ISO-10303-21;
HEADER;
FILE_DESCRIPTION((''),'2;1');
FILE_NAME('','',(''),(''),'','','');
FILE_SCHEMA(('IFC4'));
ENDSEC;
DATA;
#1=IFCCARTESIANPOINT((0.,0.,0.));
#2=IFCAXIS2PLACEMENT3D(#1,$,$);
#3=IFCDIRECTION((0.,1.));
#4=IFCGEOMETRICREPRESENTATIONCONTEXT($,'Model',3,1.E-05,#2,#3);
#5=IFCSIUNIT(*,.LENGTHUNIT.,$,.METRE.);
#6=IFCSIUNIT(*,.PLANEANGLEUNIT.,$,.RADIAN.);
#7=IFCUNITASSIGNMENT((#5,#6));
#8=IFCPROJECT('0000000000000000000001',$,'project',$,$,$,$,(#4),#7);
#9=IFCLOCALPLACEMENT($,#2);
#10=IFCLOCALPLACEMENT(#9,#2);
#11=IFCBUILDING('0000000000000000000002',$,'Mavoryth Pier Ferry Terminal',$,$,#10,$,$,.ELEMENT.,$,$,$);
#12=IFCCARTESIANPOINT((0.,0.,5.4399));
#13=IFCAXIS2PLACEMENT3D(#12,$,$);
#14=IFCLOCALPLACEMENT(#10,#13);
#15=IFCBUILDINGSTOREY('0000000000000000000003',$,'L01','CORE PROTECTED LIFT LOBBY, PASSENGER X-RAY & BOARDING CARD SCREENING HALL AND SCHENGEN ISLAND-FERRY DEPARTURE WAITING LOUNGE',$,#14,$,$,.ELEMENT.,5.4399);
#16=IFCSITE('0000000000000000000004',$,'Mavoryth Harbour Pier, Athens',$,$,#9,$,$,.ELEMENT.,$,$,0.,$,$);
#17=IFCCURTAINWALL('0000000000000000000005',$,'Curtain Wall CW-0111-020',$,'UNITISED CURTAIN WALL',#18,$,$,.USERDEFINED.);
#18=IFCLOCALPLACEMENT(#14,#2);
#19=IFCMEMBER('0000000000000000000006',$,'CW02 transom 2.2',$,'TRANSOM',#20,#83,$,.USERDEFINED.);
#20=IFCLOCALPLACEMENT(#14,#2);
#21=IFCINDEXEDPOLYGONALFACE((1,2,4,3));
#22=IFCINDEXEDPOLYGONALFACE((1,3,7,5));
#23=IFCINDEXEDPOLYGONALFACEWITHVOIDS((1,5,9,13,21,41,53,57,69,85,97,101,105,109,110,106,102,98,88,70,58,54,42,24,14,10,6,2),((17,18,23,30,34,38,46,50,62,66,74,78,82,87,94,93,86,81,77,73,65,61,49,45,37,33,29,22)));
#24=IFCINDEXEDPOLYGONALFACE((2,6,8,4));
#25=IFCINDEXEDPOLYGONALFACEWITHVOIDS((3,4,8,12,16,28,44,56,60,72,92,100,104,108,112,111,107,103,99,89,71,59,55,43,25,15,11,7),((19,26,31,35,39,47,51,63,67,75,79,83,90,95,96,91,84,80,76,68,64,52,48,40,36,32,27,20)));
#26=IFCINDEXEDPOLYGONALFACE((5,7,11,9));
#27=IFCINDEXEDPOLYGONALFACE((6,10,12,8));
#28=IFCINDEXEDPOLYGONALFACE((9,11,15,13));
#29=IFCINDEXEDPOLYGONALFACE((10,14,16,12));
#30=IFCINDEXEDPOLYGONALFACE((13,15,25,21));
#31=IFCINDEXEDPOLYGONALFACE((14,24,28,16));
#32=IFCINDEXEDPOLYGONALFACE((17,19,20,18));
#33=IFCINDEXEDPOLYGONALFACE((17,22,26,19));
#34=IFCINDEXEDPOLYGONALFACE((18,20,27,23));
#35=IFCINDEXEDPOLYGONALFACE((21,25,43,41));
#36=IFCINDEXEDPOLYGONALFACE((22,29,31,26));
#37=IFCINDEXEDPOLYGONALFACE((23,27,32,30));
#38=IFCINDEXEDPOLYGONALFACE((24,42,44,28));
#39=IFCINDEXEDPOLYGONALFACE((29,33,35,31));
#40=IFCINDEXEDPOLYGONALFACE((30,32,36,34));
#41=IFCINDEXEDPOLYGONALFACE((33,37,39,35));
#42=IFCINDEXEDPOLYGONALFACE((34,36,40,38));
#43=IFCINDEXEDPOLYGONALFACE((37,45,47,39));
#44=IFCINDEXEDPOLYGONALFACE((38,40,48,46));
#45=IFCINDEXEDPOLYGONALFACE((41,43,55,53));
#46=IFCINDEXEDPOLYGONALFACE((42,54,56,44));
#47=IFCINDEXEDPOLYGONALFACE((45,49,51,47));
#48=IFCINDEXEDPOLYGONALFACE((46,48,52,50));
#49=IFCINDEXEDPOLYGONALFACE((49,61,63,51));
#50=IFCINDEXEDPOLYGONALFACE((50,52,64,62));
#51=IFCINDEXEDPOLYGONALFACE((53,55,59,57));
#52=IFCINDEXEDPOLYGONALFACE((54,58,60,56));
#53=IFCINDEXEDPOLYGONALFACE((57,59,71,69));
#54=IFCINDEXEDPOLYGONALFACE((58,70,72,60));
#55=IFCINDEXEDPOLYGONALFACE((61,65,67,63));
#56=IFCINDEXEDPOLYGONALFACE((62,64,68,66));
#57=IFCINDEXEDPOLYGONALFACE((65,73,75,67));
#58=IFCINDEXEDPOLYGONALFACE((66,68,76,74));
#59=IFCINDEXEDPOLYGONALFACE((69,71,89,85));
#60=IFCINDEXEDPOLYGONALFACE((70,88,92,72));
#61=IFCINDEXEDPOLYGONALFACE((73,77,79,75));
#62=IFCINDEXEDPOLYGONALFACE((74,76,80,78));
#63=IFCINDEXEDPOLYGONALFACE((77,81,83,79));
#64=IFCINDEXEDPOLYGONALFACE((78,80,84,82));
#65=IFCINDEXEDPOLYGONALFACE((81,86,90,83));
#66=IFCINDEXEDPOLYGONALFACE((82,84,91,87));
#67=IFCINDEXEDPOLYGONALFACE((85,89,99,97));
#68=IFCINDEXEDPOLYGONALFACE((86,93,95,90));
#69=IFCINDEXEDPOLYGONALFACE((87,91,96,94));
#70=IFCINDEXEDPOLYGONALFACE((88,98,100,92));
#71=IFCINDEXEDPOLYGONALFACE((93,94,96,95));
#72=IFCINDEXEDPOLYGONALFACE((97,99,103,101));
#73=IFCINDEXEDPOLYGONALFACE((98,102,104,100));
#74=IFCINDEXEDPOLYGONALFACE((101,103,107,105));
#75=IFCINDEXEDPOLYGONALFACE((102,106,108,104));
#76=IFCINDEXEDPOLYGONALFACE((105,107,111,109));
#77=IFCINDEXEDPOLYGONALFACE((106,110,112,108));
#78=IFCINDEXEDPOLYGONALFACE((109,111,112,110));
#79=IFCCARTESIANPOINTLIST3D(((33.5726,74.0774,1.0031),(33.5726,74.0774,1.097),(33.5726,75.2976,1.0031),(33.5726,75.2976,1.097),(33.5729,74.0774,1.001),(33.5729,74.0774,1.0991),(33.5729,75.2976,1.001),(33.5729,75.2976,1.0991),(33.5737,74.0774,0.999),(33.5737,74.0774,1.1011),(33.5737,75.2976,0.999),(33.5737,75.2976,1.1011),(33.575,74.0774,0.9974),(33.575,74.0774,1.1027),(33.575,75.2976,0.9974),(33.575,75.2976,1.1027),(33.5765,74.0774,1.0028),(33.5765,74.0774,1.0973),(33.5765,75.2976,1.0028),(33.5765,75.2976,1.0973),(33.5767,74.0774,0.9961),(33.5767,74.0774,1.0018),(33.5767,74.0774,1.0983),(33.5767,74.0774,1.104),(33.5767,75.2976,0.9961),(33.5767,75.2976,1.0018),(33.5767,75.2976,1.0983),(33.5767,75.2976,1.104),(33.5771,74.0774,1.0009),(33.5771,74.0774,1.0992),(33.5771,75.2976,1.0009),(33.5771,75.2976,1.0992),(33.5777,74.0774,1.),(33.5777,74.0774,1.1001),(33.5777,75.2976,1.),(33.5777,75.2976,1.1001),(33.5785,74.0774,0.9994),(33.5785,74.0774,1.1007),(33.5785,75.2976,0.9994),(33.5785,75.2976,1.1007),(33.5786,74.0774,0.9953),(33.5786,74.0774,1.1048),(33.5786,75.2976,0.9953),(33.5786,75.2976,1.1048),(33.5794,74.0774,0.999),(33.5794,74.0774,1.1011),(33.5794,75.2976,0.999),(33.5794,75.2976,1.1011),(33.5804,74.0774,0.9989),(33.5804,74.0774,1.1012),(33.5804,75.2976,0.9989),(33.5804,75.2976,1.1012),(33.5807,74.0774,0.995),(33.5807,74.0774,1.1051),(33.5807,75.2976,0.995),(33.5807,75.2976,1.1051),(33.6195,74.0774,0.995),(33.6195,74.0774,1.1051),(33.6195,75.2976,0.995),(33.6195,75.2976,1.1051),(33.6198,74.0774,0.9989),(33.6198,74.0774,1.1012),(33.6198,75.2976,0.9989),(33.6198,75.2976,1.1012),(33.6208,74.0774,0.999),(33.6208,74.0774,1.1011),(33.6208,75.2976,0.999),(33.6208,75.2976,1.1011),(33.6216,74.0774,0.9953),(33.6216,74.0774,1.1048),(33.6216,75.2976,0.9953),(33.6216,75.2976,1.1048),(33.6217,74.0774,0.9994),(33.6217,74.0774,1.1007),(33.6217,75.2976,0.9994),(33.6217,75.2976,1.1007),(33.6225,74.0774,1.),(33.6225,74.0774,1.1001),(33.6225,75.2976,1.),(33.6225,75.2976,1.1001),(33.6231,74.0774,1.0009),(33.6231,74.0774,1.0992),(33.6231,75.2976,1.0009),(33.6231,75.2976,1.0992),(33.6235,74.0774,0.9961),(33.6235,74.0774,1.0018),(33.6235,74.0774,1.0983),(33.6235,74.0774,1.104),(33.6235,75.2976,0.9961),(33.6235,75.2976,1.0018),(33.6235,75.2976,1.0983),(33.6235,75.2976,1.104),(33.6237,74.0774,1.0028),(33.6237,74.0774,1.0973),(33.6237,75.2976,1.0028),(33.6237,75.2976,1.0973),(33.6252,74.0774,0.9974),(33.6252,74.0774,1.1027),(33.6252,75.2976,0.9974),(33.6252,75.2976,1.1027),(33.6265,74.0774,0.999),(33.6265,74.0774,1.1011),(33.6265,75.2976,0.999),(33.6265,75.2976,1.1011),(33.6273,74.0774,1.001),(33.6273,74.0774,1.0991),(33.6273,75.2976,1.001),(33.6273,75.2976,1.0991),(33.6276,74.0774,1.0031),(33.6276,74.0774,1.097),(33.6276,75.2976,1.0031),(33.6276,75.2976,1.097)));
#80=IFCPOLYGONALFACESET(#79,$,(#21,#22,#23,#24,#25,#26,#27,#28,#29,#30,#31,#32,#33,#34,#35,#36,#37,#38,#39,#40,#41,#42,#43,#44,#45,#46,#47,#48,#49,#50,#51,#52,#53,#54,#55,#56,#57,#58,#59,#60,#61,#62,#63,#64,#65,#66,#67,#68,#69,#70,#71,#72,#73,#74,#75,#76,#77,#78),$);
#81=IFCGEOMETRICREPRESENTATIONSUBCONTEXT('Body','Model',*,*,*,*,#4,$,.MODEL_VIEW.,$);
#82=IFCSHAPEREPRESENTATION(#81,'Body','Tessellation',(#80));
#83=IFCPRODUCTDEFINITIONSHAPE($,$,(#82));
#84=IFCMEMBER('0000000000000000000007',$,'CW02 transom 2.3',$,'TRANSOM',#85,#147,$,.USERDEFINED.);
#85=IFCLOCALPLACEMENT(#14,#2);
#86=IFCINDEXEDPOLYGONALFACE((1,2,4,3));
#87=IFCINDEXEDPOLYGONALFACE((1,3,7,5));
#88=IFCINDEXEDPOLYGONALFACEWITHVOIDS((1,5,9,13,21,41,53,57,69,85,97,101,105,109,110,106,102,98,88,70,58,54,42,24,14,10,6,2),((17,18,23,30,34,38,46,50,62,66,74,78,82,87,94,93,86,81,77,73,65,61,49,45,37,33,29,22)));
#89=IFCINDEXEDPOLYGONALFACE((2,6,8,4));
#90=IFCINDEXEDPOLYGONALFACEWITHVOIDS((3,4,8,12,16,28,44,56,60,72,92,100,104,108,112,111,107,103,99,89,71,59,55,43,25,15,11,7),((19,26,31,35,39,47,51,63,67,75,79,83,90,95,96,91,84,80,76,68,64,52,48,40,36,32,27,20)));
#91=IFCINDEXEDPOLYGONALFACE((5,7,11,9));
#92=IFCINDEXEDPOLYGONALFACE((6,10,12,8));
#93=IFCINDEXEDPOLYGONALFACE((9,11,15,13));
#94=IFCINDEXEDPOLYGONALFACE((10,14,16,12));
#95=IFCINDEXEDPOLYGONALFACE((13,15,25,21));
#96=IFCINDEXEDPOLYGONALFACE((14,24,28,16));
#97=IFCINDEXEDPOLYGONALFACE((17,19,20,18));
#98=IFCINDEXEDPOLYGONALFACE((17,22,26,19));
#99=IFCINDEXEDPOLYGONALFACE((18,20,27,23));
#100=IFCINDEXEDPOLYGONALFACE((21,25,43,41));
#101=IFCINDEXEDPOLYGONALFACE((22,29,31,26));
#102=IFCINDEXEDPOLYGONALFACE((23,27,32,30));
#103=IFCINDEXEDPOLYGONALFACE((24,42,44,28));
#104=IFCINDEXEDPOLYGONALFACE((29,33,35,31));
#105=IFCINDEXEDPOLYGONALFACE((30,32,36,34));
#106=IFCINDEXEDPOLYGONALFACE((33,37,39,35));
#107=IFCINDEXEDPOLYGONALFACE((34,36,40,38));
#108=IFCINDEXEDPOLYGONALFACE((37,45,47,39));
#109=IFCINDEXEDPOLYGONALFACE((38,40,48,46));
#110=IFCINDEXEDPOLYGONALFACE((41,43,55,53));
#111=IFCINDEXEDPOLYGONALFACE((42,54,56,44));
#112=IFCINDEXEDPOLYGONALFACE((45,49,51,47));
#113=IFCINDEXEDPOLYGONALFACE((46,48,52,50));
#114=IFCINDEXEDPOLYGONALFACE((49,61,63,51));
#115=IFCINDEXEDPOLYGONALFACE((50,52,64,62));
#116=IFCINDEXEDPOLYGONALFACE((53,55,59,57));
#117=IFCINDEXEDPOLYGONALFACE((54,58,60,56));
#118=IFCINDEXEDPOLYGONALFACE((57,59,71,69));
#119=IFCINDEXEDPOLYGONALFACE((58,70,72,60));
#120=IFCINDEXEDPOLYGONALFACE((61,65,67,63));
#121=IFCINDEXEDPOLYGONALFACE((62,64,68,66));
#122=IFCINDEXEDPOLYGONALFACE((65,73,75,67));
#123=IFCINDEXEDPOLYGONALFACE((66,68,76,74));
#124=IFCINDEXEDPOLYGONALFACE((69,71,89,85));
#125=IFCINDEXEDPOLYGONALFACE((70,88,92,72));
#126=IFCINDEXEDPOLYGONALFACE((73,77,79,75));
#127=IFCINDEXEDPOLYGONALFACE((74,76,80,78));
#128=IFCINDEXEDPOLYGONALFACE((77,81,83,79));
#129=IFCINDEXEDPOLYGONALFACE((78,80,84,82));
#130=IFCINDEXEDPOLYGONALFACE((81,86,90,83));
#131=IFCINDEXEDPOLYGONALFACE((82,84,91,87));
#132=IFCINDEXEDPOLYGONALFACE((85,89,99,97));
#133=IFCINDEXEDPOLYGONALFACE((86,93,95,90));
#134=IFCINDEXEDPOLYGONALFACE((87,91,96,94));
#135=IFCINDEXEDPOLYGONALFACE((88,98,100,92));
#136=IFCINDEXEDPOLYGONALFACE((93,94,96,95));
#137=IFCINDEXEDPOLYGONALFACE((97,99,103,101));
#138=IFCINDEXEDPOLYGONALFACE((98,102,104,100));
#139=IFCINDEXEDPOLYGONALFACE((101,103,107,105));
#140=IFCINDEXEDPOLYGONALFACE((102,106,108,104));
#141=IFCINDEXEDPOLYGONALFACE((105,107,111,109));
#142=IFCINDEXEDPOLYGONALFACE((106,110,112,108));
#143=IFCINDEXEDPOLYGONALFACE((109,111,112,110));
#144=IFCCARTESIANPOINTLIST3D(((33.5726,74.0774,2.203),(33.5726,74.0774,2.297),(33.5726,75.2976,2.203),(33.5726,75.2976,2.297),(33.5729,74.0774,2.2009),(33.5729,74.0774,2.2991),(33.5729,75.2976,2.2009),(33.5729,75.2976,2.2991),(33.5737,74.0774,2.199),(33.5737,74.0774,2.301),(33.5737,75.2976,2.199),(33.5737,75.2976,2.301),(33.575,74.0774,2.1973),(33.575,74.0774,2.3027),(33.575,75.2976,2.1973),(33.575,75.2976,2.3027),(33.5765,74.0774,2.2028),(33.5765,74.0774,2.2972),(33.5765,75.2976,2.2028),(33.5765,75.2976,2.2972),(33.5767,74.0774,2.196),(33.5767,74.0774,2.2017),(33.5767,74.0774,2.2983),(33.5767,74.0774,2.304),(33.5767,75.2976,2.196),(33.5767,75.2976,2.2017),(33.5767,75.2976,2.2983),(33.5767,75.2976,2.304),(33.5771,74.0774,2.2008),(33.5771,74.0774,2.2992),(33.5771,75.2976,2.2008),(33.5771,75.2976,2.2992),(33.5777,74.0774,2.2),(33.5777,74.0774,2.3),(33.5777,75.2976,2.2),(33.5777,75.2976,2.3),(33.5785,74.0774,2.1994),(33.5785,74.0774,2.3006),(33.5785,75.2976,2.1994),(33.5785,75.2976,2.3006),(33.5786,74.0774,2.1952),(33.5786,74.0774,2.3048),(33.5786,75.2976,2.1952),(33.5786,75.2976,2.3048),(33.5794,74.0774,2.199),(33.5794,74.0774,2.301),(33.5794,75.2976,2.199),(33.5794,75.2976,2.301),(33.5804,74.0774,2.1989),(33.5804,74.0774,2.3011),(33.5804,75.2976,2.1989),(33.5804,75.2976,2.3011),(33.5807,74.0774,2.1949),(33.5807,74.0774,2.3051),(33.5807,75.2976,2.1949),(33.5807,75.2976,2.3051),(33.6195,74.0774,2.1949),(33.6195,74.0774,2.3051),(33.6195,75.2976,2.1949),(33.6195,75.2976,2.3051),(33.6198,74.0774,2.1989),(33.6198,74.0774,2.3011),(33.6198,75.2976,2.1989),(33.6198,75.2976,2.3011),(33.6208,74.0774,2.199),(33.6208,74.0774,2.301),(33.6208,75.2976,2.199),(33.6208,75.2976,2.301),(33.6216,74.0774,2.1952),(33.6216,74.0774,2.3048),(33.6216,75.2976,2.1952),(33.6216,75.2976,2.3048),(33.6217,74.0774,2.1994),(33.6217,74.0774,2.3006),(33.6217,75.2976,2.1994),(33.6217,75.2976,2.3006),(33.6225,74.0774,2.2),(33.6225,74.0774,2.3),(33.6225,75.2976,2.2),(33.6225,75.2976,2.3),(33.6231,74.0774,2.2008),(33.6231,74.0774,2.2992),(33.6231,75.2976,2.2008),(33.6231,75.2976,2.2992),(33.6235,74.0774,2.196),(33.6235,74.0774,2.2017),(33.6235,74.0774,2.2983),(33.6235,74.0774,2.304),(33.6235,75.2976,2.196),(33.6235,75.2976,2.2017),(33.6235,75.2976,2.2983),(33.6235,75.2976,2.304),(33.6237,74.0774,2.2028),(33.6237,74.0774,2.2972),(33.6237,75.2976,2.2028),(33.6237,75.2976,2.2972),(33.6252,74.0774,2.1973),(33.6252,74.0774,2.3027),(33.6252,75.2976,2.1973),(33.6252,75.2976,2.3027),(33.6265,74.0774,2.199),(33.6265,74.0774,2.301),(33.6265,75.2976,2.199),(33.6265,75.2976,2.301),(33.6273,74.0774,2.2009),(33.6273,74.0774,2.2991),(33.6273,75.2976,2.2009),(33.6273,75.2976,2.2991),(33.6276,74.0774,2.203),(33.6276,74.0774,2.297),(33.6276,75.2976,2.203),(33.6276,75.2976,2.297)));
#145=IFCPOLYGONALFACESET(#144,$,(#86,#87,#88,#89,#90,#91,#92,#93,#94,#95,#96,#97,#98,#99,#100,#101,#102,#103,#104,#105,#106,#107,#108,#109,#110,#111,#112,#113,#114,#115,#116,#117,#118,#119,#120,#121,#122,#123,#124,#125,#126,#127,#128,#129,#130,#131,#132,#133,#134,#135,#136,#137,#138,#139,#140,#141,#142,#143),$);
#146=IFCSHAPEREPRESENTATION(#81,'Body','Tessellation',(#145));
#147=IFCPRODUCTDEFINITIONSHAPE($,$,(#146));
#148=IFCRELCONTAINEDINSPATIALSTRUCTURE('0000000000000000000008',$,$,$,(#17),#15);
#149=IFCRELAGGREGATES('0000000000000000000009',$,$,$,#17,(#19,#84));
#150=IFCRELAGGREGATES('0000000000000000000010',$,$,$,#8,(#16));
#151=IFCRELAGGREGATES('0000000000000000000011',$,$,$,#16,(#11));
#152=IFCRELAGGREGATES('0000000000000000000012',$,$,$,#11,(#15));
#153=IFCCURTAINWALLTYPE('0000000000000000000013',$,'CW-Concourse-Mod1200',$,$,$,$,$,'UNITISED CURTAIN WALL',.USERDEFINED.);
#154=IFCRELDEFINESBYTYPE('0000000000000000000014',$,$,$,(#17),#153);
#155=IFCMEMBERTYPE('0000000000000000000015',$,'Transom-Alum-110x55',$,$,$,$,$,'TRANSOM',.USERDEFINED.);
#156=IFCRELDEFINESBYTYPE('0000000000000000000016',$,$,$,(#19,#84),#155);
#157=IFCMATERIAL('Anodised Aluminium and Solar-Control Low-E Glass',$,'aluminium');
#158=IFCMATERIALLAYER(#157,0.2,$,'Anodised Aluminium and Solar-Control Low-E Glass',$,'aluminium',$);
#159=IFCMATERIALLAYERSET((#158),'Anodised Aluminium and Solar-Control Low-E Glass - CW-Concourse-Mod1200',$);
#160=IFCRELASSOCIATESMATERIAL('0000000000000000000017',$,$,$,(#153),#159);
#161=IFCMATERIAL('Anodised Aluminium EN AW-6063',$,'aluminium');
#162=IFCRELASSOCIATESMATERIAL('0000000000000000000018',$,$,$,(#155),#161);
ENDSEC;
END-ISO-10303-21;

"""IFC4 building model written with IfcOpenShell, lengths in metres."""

from ifc_helpers import new_model, si_unit, direction, frame, origin, origin_2d, place, context, subcontext, project, spatial, hollow_rectangle, extrude, material, layer, layer_set, material_profile, profile_set, type_object, element, aggregate, save


model = new_model("IFC4")

# Units and contexts
model_context = context("Model", 3, precision=1e-05, world=origin(), true_north=direction((0.0, 1.0)))
body_context = subcontext(model_context, "Body", "Model", "MODEL_VIEW")
ifc_project = project(units=[si_unit("LENGTHUNIT", "METRE"), si_unit("PLANEANGLEUNIT", "RADIAN")], contexts=[model_context])

# Site, building, storey
site_placement = place(None, origin())
site = spatial("IfcSite", under=ifc_project, at=site_placement, Name="Mavoryth Harbour Pier, Athens", CompositionType="ELEMENT", RefElevation=0.0)
building_placement = place(site_placement, origin())
building = spatial("IfcBuilding", under=site, at=building_placement, Name="Mavoryth Pier Ferry Terminal", CompositionType="ELEMENT")
storey_placement = place(building_placement, frame((0.0, 0.0, 5.4399)))
storey = spatial("IfcBuildingStorey", under=building, at=storey_placement, Name="L01", Description="CORE PROTECTED LIFT LOBBY, PASSENGER X-RAY & BOARDING CARD SCREENING HALL AND SCHENGEN ISLAND-FERRY DEPARTURE WAITING LOUNGE", CompositionType="ELEMENT", Elevation=5.4399)

# Curtain wall, members
ifc_material_1 = material(Name="Anodised Aluminium and Solar-Control Low-E Glass", Category="aluminium")
ifc_layer_1 = layer(ifc_material_1, 0.2, Name="Anodised Aluminium and Solar-Control Low-E Glass", Category="aluminium")
ifc_layer_set_1 = layer_set([ifc_layer_1], Name="Anodised Aluminium and Solar-Control Low-E Glass - CW-Concourse-Mod1200")
curtain_wall_type = type_object("IfcCurtainWallType", Name="CW-Concourse-Mod1200", ElementType="UNITISED CURTAIN WALL", PredefinedType="USERDEFINED", material=ifc_layer_set_1)
curtain_wall_placement = place(storey_placement, origin())
curtain_wall = element("IfcCurtainWall", 1, at=curtain_wall_placement, inside=storey, type_object=curtain_wall_type, Name="Curtain Wall CW-0111-020", ObjectType="UNITISED CURTAIN WALL", PredefinedType="USERDEFINED")
ifc_material_2 = material(Name="Anodised Aluminium EN AW-6063", Category="aluminium")
ifc_material_profile_1 = material_profile(ifc_material_2, hollow_rectangle(XDim=0.0549, YDim=0.1101, WallThickness=0.0039, InnerFilletRadius=0.0039, OuterFilletRadius=0.0081, at=origin_2d()), Name="AL-TRAN 110x55x4", Category="aluminium")
ifc_profile_set_1 = profile_set([ifc_material_profile_1], Name="Anodised Aluminium EN AW-6063 - AL-TRAN 110x55x4")
member_type_1 = type_object("IfcMemberType", Name="Transom-Alum-110x55", ElementType="TRANSOM", PredefinedType="USERDEFINED", material=ifc_profile_set_1)
member_1_placement = place(storey_placement, frame((33.6001, 74.0774, 1.05), z_axis=(0.0, 1.0, 0.0), x_axis=(-1.0, 0.0, 0.0)))
member_1 = element("IfcMember", 2, at=member_1_placement, type_object=member_type_1, Name="CW02 transom 2.2", ObjectType="TRANSOM", PredefinedType="USERDEFINED", context=body_context, shape_type="SweptSolid", body=[
    extrude(hollow_rectangle(XDim=0.0549, YDim=0.1101, WallThickness=0.0039, InnerFilletRadius=0.0039, OuterFilletRadius=0.0081, at=origin_2d()), origin(), (0.0, 0.0, 1.0), 1.2202),
])
member_2_placement = place(storey_placement, frame((33.6001, 74.0774, 2.25), z_axis=(0.0, 1.0, 0.0), x_axis=(-1.0, 0.0, 0.0)))
member_2 = element("IfcMember", 3, at=member_2_placement, type_object=member_type_1, Name="CW02 transom 2.3", ObjectType="TRANSOM", PredefinedType="USERDEFINED", context=body_context, shape_type="SweptSolid", body=[
    extrude(hollow_rectangle(XDim=0.0549, YDim=0.1101, WallThickness=0.0039, InnerFilletRadius=0.0039, OuterFilletRadius=0.0081, at=origin_2d()), origin(), (0.0, 0.0, 1.0), 1.2202),
])
aggregate(curtain_wall, [member_1, member_2])

save(model, "model.ifc")
